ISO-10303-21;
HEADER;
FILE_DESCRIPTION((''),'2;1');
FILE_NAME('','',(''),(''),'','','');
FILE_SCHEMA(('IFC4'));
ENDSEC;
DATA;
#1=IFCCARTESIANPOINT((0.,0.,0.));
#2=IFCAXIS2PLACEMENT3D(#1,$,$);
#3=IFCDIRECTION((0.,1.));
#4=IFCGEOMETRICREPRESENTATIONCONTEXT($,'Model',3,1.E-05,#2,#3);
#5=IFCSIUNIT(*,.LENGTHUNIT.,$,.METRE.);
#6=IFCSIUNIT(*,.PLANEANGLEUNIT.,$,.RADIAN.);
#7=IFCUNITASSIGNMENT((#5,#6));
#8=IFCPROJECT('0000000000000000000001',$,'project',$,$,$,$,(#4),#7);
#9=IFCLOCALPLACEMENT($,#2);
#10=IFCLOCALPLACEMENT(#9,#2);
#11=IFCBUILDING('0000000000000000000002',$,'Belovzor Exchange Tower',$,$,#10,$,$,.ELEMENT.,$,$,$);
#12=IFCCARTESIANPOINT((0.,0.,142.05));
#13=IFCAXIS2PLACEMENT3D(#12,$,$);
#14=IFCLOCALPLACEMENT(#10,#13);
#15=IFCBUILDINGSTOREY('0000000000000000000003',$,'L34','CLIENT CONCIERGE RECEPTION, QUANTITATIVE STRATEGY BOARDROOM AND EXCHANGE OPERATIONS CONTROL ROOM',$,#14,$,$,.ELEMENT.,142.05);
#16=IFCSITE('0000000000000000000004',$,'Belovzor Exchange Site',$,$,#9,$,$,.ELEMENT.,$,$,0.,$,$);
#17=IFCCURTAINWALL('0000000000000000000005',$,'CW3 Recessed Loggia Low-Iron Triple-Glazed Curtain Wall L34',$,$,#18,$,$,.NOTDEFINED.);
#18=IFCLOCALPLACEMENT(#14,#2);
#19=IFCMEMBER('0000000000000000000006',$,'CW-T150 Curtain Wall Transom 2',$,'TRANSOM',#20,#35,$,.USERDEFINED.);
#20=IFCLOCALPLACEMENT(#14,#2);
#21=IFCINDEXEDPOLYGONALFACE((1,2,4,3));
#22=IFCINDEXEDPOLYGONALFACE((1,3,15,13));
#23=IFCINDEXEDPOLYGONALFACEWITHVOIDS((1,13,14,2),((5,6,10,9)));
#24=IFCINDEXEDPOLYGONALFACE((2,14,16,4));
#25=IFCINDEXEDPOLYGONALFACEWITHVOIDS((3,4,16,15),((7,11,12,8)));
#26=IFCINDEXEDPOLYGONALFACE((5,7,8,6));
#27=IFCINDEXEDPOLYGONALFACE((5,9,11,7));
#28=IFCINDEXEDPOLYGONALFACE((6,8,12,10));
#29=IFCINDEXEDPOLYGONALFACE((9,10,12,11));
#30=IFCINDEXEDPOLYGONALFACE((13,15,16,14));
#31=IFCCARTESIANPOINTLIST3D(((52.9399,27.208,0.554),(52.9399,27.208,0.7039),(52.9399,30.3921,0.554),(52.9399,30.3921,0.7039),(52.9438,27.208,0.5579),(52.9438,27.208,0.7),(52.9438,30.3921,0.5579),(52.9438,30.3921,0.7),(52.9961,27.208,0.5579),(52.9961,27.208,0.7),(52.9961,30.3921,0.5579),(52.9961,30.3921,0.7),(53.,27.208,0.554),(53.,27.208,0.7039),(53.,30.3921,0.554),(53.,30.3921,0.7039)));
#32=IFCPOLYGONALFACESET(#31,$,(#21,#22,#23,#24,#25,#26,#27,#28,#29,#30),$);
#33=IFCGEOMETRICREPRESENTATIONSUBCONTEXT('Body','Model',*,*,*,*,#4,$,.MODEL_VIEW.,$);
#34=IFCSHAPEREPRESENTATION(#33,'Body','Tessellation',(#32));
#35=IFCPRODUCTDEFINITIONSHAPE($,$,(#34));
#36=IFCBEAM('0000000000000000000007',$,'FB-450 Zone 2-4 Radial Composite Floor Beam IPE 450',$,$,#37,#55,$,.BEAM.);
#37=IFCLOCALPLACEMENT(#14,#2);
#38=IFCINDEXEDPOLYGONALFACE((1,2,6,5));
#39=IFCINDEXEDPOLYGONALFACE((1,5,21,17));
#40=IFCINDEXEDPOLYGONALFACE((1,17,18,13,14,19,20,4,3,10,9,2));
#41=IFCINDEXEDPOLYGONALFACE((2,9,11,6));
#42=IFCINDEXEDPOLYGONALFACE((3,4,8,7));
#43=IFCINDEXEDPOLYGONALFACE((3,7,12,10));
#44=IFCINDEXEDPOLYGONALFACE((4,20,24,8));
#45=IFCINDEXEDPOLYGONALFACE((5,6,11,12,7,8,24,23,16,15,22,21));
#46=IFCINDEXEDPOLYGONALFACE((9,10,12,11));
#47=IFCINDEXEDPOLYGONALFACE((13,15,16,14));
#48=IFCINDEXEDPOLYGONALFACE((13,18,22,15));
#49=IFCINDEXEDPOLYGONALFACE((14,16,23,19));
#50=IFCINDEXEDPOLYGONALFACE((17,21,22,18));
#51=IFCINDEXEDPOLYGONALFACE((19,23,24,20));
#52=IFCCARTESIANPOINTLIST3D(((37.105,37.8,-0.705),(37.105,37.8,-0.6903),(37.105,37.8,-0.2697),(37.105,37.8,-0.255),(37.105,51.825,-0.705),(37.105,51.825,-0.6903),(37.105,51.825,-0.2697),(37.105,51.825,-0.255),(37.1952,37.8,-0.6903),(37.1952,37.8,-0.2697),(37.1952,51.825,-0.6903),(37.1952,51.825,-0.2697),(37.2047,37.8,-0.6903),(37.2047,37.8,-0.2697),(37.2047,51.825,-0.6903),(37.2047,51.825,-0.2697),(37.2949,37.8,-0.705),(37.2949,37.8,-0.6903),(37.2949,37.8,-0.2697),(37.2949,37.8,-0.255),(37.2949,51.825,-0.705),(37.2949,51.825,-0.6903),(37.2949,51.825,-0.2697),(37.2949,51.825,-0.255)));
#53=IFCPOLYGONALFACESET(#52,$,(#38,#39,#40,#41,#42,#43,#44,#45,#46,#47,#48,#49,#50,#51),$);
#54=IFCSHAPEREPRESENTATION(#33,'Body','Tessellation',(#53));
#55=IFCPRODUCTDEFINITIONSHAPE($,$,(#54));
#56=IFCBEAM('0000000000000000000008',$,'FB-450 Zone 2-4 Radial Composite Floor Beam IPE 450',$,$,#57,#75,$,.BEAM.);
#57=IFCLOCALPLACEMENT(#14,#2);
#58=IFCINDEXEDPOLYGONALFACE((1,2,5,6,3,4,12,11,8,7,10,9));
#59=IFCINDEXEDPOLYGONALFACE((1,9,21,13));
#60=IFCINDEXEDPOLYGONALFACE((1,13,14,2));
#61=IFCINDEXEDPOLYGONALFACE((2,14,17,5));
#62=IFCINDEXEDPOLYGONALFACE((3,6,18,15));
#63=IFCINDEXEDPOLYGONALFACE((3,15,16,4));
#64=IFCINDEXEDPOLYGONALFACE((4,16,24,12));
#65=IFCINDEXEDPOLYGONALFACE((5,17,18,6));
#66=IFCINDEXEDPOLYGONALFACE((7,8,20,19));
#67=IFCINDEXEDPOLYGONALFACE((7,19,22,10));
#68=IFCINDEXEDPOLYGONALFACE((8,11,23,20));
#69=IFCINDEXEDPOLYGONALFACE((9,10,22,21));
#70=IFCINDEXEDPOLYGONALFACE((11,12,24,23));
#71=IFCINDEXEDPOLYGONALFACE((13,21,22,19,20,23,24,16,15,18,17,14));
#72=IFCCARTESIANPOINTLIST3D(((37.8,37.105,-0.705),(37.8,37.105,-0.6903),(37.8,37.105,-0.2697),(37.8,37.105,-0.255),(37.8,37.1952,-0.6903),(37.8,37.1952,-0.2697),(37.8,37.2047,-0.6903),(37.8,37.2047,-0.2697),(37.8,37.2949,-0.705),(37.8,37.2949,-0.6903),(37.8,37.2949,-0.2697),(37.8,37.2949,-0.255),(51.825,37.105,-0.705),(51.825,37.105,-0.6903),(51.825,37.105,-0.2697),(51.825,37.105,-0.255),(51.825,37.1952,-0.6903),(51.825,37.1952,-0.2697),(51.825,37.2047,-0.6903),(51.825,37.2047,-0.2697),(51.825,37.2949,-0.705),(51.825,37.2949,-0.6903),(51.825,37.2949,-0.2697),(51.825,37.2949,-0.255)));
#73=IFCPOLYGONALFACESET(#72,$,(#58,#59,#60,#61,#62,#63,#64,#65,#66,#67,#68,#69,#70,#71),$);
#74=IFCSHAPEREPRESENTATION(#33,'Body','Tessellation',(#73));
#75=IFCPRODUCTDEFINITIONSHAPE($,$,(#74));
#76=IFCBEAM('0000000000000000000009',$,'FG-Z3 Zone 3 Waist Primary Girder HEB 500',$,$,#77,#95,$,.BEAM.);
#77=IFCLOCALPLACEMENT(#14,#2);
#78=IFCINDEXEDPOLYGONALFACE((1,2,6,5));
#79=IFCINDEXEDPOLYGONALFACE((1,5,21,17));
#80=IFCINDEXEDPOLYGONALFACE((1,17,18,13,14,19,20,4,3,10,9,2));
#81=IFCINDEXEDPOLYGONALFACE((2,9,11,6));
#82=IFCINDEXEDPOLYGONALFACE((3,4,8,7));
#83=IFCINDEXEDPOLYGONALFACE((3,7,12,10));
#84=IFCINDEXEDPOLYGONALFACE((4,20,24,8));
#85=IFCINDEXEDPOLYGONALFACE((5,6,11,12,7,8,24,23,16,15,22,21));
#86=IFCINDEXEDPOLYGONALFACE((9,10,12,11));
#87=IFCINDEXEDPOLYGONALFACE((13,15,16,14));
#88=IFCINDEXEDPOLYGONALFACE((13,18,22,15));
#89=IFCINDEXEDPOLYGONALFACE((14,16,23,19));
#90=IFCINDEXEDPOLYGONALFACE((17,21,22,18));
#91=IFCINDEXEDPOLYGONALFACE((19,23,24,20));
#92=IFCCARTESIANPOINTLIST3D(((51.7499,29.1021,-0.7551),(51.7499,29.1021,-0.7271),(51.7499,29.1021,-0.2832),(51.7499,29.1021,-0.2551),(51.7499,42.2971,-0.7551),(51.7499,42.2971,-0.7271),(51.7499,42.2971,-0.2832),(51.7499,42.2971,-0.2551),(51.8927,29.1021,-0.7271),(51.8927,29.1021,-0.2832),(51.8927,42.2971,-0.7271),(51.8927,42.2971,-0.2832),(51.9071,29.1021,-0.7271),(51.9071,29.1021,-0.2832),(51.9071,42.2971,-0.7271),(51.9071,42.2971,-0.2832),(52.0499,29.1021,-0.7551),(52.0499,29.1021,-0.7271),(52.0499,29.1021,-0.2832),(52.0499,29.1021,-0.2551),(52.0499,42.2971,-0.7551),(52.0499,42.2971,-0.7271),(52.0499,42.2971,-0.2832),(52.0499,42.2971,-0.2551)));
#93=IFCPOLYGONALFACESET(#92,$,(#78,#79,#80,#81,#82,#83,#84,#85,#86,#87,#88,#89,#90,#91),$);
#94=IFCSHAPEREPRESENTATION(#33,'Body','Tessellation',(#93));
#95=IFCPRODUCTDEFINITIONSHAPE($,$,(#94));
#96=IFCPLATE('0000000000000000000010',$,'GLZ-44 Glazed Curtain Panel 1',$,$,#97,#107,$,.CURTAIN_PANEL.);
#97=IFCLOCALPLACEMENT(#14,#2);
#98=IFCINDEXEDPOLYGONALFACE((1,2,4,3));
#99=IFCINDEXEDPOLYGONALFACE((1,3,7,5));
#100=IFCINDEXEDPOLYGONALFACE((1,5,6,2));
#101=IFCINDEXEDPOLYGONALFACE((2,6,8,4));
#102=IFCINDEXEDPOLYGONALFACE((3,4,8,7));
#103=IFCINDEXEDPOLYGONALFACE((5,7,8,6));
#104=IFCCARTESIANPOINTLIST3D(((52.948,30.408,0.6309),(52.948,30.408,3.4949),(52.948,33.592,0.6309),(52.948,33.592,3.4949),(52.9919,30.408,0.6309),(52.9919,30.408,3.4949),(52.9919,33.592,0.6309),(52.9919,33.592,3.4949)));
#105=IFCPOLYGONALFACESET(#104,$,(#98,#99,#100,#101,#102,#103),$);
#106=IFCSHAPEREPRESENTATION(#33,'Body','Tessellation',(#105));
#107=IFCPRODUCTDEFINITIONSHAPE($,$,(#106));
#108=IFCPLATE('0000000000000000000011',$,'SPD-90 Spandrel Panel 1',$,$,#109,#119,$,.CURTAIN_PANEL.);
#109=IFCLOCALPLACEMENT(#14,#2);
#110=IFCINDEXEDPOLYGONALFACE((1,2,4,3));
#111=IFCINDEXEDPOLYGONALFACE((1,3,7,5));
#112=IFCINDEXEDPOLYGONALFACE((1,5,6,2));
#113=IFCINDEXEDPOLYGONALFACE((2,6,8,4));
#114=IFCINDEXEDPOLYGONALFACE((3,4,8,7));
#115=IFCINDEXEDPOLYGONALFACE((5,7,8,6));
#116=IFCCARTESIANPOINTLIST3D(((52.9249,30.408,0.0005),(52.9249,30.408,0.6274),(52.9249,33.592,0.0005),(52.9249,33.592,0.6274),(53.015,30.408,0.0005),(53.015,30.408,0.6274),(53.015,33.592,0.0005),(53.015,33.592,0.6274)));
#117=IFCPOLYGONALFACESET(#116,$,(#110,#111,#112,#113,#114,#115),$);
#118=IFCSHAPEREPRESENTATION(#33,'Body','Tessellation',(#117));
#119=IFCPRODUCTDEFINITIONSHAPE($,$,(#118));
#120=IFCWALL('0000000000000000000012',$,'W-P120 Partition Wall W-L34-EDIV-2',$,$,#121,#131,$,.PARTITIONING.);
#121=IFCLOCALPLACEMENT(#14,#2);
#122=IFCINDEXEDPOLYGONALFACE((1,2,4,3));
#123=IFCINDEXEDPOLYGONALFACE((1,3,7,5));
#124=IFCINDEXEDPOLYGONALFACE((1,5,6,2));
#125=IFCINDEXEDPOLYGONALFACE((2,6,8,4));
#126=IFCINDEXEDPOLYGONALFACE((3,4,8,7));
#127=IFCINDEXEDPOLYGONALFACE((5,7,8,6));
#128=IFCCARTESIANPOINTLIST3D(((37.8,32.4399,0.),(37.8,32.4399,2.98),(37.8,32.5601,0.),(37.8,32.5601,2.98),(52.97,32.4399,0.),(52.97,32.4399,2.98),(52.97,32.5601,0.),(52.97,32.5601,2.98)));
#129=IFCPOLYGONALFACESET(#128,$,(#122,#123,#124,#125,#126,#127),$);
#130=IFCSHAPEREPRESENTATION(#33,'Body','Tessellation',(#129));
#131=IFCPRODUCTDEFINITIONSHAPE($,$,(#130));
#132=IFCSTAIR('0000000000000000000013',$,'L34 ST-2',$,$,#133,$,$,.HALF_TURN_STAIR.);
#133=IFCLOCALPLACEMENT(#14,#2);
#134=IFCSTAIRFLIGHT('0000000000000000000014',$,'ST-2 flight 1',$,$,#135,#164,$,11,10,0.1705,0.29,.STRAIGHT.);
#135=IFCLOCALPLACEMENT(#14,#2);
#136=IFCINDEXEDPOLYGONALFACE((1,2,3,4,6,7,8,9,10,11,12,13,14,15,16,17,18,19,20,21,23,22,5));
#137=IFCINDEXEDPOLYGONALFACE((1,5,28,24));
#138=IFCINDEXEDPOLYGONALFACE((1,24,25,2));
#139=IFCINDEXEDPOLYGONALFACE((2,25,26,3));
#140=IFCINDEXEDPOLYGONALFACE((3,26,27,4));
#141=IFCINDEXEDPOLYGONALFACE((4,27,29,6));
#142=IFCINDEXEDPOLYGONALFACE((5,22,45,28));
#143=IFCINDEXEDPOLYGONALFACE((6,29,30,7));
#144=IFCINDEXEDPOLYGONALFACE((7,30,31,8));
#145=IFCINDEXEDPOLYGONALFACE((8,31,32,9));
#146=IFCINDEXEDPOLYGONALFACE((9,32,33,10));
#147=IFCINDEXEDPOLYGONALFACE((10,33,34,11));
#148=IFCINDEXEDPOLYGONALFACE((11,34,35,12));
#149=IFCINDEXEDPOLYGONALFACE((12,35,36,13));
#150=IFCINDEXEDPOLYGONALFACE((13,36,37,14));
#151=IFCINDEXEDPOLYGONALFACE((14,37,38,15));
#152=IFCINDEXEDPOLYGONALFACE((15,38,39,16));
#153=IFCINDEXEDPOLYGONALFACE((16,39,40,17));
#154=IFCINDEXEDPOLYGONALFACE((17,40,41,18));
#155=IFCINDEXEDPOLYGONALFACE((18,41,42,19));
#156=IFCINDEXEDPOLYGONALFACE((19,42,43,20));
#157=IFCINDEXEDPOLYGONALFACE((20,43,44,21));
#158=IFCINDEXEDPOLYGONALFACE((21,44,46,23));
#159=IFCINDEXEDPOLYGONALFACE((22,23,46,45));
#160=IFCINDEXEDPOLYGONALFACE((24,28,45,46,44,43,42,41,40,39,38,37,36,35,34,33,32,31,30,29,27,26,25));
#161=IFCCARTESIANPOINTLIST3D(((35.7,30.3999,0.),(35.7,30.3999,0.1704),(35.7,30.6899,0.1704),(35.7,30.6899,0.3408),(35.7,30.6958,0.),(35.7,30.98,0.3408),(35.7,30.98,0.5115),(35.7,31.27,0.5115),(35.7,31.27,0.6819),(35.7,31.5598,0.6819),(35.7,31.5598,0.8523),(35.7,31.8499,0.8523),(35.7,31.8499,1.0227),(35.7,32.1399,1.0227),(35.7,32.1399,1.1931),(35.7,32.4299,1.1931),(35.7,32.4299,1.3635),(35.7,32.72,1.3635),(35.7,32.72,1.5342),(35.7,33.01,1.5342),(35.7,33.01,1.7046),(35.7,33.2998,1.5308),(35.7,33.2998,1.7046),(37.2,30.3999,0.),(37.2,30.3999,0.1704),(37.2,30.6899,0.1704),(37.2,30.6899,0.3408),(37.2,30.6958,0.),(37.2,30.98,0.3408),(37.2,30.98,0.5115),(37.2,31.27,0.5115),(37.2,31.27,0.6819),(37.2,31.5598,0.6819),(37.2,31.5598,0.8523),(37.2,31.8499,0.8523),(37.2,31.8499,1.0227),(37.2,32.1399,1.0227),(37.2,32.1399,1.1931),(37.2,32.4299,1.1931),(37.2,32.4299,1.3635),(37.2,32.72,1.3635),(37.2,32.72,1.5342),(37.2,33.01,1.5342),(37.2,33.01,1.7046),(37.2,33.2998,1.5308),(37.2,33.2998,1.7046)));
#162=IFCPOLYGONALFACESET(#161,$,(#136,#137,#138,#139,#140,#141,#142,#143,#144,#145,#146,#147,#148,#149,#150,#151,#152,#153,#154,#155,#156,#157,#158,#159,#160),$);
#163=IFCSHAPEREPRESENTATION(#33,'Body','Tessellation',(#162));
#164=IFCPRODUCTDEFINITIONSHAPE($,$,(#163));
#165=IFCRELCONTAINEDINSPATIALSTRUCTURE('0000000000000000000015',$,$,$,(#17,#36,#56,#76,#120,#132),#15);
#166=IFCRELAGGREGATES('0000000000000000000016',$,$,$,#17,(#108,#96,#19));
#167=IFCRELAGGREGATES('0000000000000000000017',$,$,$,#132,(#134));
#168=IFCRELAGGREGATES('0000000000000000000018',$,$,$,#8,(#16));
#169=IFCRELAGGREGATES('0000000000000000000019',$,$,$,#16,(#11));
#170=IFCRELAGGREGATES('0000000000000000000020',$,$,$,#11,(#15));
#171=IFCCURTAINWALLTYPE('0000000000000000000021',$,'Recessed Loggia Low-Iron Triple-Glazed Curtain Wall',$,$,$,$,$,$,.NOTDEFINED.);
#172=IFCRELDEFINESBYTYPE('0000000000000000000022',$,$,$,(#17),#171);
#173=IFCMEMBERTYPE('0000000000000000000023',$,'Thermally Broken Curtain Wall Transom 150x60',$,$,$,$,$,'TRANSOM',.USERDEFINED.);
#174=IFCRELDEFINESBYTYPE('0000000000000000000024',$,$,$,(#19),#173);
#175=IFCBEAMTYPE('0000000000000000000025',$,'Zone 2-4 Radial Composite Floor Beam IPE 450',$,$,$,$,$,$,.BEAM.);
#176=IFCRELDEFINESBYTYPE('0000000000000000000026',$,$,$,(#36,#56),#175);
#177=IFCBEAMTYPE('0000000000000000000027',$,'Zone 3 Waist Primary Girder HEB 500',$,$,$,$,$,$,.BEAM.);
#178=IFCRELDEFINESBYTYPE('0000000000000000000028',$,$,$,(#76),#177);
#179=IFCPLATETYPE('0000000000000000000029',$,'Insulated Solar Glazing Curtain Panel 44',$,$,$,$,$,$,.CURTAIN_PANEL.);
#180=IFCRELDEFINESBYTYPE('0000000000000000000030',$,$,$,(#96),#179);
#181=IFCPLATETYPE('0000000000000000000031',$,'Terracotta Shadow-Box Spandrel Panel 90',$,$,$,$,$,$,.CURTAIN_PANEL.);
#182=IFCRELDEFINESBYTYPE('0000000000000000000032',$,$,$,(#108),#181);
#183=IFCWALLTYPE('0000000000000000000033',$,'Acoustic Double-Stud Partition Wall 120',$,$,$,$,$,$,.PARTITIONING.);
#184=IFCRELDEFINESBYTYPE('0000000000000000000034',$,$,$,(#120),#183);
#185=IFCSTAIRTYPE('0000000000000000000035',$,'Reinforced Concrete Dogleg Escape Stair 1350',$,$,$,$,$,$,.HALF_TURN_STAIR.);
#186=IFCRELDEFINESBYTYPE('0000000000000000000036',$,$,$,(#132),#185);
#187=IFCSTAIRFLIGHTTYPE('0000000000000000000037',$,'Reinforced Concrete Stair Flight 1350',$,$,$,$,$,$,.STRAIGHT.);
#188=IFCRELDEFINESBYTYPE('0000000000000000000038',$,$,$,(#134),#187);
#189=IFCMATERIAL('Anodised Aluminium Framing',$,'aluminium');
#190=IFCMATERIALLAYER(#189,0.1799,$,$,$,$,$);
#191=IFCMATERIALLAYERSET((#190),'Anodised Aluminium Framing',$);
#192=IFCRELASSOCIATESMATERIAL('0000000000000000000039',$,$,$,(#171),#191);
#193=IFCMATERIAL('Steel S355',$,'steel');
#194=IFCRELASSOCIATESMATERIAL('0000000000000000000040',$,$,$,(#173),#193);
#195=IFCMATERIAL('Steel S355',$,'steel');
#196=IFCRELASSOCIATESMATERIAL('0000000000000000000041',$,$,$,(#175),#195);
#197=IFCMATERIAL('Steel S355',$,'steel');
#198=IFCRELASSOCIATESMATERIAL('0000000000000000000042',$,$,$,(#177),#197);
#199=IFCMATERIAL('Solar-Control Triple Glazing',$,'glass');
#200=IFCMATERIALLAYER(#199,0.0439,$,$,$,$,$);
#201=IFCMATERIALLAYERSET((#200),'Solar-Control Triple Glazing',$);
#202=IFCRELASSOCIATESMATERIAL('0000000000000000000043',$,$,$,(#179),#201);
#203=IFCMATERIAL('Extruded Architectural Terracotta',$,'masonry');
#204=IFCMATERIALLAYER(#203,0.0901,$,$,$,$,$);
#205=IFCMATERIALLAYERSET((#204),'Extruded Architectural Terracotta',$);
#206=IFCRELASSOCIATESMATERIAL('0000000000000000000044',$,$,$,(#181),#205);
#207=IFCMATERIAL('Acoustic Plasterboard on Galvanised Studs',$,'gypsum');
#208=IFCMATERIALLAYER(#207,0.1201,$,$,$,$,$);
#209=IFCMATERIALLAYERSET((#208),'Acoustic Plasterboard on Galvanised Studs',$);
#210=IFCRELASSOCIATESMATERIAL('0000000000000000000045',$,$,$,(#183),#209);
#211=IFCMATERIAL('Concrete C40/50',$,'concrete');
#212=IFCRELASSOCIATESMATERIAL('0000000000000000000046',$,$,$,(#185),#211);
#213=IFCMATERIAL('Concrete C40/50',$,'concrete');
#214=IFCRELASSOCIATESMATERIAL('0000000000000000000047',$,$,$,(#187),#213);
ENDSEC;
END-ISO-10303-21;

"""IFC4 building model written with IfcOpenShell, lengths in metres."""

from ifc_helpers import new_model, si_unit, direction, frame, frame_2d, origin, origin_2d, place, context, subcontext, project, spatial, polyline, rectangle, hollow_rectangle, i_section, outline, extrude, material, layer, layer_set, material_profile, profile_set, type_object, element, aggregate, save


model = new_model("IFC4")

# Units and contexts
model_context = context("Model", 3, precision=1e-05, world=origin(), true_north=direction((0.0, 1.0)))
body_context = subcontext(model_context, "Body", "Model", "MODEL_VIEW")
ifc_project = project(units=[si_unit("LENGTHUNIT", "METRE"), si_unit("PLANEANGLEUNIT", "RADIAN")], contexts=[model_context])

# Site, building, storey
site_placement = place(None, origin())
site = spatial("IfcSite", under=ifc_project, at=site_placement, Name="Belovzor Exchange Site", CompositionType="ELEMENT", RefElevation=0.0)
building_placement = place(site_placement, origin())
building = spatial("IfcBuilding", under=site, at=building_placement, Name="Belovzor Exchange Tower", CompositionType="ELEMENT")
storey_placement = place(building_placement, frame((0.0, 0.0, 142.05)))
storey = spatial("IfcBuildingStorey", under=building, at=storey_placement, Name="L34", Description="CLIENT CONCIERGE RECEPTION, QUANTITATIVE STRATEGY BOARDROOM AND EXCHANGE OPERATIONS CONTROL ROOM", CompositionType="ELEMENT", Elevation=142.05)

# Curtain wall, member
ifc_material_1 = material(Name="Anodised Aluminium Framing", Category="aluminium")
ifc_layer_1 = layer(ifc_material_1, 0.1799)
ifc_layer_set_1 = layer_set([ifc_layer_1], Name="Anodised Aluminium Framing")
curtain_wall_type = type_object("IfcCurtainWallType", Name="Recessed Loggia Low-Iron Triple-Glazed Curtain Wall", PredefinedType="NOTDEFINED", material=ifc_layer_set_1)
curtain_wall_placement = place(storey_placement, origin())
curtain_wall = element("IfcCurtainWall", 1, at=curtain_wall_placement, inside=storey, type_object=curtain_wall_type, Name="CW3 Recessed Loggia Low-Iron Triple-Glazed Curtain Wall L34", PredefinedType="NOTDEFINED")
ifc_material_2 = material(Name="Steel S355", Category="steel")
ifc_material_profile_1 = material_profile(ifc_material_2, hollow_rectangle(XDim=0.0601, YDim=0.1499, WallThickness=0.0039, at=origin_2d()))
ifc_profile_set_1 = profile_set([ifc_material_profile_1], Name="Steel S355")
member_type_1 = type_object("IfcMemberType", Name="Thermally Broken Curtain Wall Transom 150x60", ElementType="TRANSOM", PredefinedType="USERDEFINED", material=ifc_profile_set_1)
member_1_placement = place(storey_placement, frame((52.97, 30.3921, 0.6289), z_axis=(0.0, -1.0, 0.0), x_axis=(1.0, 0.0, 0.0)))
member_1 = element("IfcMember", 2, at=member_1_placement, type_object=member_type_1, Name="CW-T150 Curtain Wall Transom 2", ObjectType="TRANSOM", PredefinedType="USERDEFINED", context=body_context, shape_type="SweptSolid", body=[
    extrude(hollow_rectangle(XDim=0.0601, YDim=0.1499, WallThickness=0.0039, at=origin_2d()), origin(), (0.0, 0.0, 1.0), 3.1841),
])

# Beams
ifc_material_3 = material(Name="Steel S355", Category="steel")
ifc_material_profile_2 = material_profile(ifc_material_3, i_section(OverallWidth=0.1899, OverallDepth=0.45, WebThickness=0.0095, FlangeThickness=0.0146, at=origin_2d()))
ifc_profile_set_2 = profile_set([ifc_material_profile_2], Name="Steel S355")
beam_type_1 = type_object("IfcBeamType", Name="Zone 2-4 Radial Composite Floor Beam IPE 450", PredefinedType="BEAM", material=ifc_profile_set_2)
for number, where, z_axis, x_axis, name in (
    (3, (37.2, 37.8, -0.48), (0.0, 1.0, 0.0), (-1.0, 0.0, 0.0), "FB-450 Zone 2-4 Radial Composite Floor Beam IPE 450"),
    (4, (37.8, 37.2, -0.48), (1.0, 0.0, 0.0), (0.0, 1.0, 0.0), "FB-450 Zone 2-4 Radial Composite Floor Beam IPE 450"),
):
    element("IfcBeam", number, at=place(storey_placement, frame(where, z_axis=z_axis, x_axis=x_axis)), inside=storey, type_object=beam_type_1, Name=name, PredefinedType="BEAM", context=body_context, shape_type="SweptSolid", body=[
        extrude(i_section(OverallWidth=0.1899, OverallDepth=0.45, WebThickness=0.0095, FlangeThickness=0.0146, at=origin_2d()), origin(), (0.0, 0.0, 1.0), 14.0249),
    ])
ifc_material_4 = material(Name="Steel S355", Category="steel")
ifc_material_profile_3 = material_profile(ifc_material_4, i_section(OverallWidth=0.3, OverallDepth=0.5, WebThickness=0.0144, FlangeThickness=0.0281, at=origin_2d()))
ifc_profile_set_3 = profile_set([ifc_material_profile_3], Name="Steel S355")
beam_type_2 = type_object("IfcBeamType", Name="Zone 3 Waist Primary Girder HEB 500", PredefinedType="BEAM", material=ifc_profile_set_3)
beam_1_placement = place(storey_placement, frame((51.8999, 29.1021, -0.5051), z_axis=(0.0, 1.0, 0.0), x_axis=(-1.0, 0.0, 0.0)))
element("IfcBeam", 5, at=beam_1_placement, inside=storey, type_object=beam_type_2, Name="FG-Z3 Zone 3 Waist Primary Girder HEB 500", PredefinedType="BEAM", context=body_context, shape_type="SweptSolid", body=[
    extrude(i_section(OverallWidth=0.3, OverallDepth=0.5, WebThickness=0.0144, FlangeThickness=0.0281, at=origin_2d()), origin(), (0.0, 0.0, 1.0), 13.1951),
])

# Plates
ifc_material_5 = material(Name="Solar-Control Triple Glazing", Category="glass")
ifc_layer_2 = layer(ifc_material_5, 0.0439)
ifc_layer_set_2 = layer_set([ifc_layer_2], Name="Solar-Control Triple Glazing")
plate_type_1 = type_object("IfcPlateType", Name="Insulated Solar Glazing Curtain Panel 44", PredefinedType="CURTAIN_PANEL", material=ifc_layer_set_2)
plate_1_placement = place(storey_placement, frame((52.97, 32.0, 0.6309), z_axis=(0.0, 0.0, 1.0), x_axis=(0.0, -1.0, 0.0)))
plate_1 = element("IfcPlate", 6, at=plate_1_placement, type_object=plate_type_1, Name="GLZ-44 Glazed Curtain Panel 1", PredefinedType="CURTAIN_PANEL", context=body_context, shape_type="SweptSolid", body=[
    extrude(rectangle(XDim=3.1841, YDim=0.0439, at=origin_2d()), origin(), (0.0, 0.0, 1.0), 2.864),
])
ifc_material_6 = material(Name="Extruded Architectural Terracotta", Category="masonry")
ifc_layer_3 = layer(ifc_material_6, 0.0901)
ifc_layer_set_3 = layer_set([ifc_layer_3], Name="Extruded Architectural Terracotta")
plate_type_2 = type_object("IfcPlateType", Name="Terracotta Shadow-Box Spandrel Panel 90", PredefinedType="CURTAIN_PANEL", material=ifc_layer_set_3)
plate_2_placement = place(storey_placement, frame((52.97, 32.0, 0.0005), z_axis=(0.0, 0.0, 1.0), x_axis=(0.0, -1.0, 0.0)))
plate_2 = element("IfcPlate", 7, at=plate_2_placement, type_object=plate_type_2, Name="SPD-90 Spandrel Panel 1", PredefinedType="CURTAIN_PANEL", context=body_context, shape_type="SweptSolid", body=[
    extrude(rectangle(XDim=3.1841, YDim=0.0901, at=origin_2d()), origin(), (0.0, 0.0, 1.0), 0.627),
])
aggregate(curtain_wall, [plate_2, plate_1, member_1])

# Wall
ifc_material_7 = material(Name="Acoustic Plasterboard on Galvanised Studs", Category="gypsum")
ifc_layer_4 = layer(ifc_material_7, 0.1201)
ifc_layer_set_4 = layer_set([ifc_layer_4], Name="Acoustic Plasterboard on Galvanised Studs")
wall_type = type_object("IfcWallType", Name="Acoustic Double-Stud Partition Wall 120", PredefinedType="PARTITIONING", material=ifc_layer_set_4)
wall_placement = place(storey_placement, frame((37.8, 32.5, 0.0), z_axis=(0.0, 0.0, 1.0), x_axis=(1.0, 0.0, 0.0)))
element("IfcWall", 8, at=wall_placement, inside=storey, type_object=wall_type, Name="W-P120 Partition Wall W-L34-EDIV-2", PredefinedType="PARTITIONING", context=body_context, shape_type="SweptSolid", body=[
    extrude(rectangle(XDim=15.1699, YDim=0.1201, at=frame_2d((7.585, 0.0))), origin(), (0.0, 0.0, 1.0), 2.98),
])

# Stair, stair flight
ifc_material_8 = material(Name="Concrete C40/50", Category="concrete")
stair_type = type_object("IfcStairType", Name="Reinforced Concrete Dogleg Escape Stair 1350", PredefinedType="HALF_TURN_STAIR", material=ifc_material_8)
stair_placement = place(storey_placement, origin())
stair = element("IfcStair", 9, at=stair_placement, inside=storey, type_object=stair_type, Name="L34 ST-2", PredefinedType="HALF_TURN_STAIR")
ifc_material_9 = material(Name="Concrete C40/50", Category="concrete")
stair_flight_type = type_object("IfcStairFlightType", Name="Reinforced Concrete Stair Flight 1350", PredefinedType="STRAIGHT", material=ifc_material_9)
stair_flight_placement = place(storey_placement, frame((36.45, 30.3999, 0.0), z_axis=(0.0, 0.0, 1.0), x_axis=(0.0, 1.0, 0.0)))
stair_flight = element("IfcStairFlight", 10, at=stair_flight_placement, type_object=stair_flight_type, Name="ST-2 flight 1", NumberOfRisers=11, NumberOfTreads=10, PredefinedType="STRAIGHT", RiserHeight=0.1705, TreadLength=0.29, context=body_context, shape_type="SweptSolid", body=[
    extrude(outline(polyline([(0.0, 0.0), (0.0, 0.1704), (0.29, 0.1704), (0.29, 0.3408), (0.5801, 0.3408), (0.5801, 0.5115), (0.8701, 0.5115), (0.8701, 0.6819), (1.1599, 0.6819), (1.1599, 0.8523), (1.45, 0.8523), (1.45, 1.0227), (1.74, 1.0227), (1.74, 1.1931), (2.03, 1.1931), (2.03, 1.3635), (2.3201, 1.3635), (2.3201, 1.5342), (2.6101, 1.5342), (2.6101, 1.7046), (2.8999, 1.7046), (2.8999, 1.875), (2.8999, 1.5308), (0.2959, 0.0), (0.0, 0.0)])), frame((0.0, 0.75, 0.0), z_axis=(0.0, -1.0, 0.0), x_axis=(1.0, 0.0, 0.0)), (0.0, 0.0, 1.0), 1.5),
])
aggregate(stair, [stair_flight])

save(model, "model.ifc")
